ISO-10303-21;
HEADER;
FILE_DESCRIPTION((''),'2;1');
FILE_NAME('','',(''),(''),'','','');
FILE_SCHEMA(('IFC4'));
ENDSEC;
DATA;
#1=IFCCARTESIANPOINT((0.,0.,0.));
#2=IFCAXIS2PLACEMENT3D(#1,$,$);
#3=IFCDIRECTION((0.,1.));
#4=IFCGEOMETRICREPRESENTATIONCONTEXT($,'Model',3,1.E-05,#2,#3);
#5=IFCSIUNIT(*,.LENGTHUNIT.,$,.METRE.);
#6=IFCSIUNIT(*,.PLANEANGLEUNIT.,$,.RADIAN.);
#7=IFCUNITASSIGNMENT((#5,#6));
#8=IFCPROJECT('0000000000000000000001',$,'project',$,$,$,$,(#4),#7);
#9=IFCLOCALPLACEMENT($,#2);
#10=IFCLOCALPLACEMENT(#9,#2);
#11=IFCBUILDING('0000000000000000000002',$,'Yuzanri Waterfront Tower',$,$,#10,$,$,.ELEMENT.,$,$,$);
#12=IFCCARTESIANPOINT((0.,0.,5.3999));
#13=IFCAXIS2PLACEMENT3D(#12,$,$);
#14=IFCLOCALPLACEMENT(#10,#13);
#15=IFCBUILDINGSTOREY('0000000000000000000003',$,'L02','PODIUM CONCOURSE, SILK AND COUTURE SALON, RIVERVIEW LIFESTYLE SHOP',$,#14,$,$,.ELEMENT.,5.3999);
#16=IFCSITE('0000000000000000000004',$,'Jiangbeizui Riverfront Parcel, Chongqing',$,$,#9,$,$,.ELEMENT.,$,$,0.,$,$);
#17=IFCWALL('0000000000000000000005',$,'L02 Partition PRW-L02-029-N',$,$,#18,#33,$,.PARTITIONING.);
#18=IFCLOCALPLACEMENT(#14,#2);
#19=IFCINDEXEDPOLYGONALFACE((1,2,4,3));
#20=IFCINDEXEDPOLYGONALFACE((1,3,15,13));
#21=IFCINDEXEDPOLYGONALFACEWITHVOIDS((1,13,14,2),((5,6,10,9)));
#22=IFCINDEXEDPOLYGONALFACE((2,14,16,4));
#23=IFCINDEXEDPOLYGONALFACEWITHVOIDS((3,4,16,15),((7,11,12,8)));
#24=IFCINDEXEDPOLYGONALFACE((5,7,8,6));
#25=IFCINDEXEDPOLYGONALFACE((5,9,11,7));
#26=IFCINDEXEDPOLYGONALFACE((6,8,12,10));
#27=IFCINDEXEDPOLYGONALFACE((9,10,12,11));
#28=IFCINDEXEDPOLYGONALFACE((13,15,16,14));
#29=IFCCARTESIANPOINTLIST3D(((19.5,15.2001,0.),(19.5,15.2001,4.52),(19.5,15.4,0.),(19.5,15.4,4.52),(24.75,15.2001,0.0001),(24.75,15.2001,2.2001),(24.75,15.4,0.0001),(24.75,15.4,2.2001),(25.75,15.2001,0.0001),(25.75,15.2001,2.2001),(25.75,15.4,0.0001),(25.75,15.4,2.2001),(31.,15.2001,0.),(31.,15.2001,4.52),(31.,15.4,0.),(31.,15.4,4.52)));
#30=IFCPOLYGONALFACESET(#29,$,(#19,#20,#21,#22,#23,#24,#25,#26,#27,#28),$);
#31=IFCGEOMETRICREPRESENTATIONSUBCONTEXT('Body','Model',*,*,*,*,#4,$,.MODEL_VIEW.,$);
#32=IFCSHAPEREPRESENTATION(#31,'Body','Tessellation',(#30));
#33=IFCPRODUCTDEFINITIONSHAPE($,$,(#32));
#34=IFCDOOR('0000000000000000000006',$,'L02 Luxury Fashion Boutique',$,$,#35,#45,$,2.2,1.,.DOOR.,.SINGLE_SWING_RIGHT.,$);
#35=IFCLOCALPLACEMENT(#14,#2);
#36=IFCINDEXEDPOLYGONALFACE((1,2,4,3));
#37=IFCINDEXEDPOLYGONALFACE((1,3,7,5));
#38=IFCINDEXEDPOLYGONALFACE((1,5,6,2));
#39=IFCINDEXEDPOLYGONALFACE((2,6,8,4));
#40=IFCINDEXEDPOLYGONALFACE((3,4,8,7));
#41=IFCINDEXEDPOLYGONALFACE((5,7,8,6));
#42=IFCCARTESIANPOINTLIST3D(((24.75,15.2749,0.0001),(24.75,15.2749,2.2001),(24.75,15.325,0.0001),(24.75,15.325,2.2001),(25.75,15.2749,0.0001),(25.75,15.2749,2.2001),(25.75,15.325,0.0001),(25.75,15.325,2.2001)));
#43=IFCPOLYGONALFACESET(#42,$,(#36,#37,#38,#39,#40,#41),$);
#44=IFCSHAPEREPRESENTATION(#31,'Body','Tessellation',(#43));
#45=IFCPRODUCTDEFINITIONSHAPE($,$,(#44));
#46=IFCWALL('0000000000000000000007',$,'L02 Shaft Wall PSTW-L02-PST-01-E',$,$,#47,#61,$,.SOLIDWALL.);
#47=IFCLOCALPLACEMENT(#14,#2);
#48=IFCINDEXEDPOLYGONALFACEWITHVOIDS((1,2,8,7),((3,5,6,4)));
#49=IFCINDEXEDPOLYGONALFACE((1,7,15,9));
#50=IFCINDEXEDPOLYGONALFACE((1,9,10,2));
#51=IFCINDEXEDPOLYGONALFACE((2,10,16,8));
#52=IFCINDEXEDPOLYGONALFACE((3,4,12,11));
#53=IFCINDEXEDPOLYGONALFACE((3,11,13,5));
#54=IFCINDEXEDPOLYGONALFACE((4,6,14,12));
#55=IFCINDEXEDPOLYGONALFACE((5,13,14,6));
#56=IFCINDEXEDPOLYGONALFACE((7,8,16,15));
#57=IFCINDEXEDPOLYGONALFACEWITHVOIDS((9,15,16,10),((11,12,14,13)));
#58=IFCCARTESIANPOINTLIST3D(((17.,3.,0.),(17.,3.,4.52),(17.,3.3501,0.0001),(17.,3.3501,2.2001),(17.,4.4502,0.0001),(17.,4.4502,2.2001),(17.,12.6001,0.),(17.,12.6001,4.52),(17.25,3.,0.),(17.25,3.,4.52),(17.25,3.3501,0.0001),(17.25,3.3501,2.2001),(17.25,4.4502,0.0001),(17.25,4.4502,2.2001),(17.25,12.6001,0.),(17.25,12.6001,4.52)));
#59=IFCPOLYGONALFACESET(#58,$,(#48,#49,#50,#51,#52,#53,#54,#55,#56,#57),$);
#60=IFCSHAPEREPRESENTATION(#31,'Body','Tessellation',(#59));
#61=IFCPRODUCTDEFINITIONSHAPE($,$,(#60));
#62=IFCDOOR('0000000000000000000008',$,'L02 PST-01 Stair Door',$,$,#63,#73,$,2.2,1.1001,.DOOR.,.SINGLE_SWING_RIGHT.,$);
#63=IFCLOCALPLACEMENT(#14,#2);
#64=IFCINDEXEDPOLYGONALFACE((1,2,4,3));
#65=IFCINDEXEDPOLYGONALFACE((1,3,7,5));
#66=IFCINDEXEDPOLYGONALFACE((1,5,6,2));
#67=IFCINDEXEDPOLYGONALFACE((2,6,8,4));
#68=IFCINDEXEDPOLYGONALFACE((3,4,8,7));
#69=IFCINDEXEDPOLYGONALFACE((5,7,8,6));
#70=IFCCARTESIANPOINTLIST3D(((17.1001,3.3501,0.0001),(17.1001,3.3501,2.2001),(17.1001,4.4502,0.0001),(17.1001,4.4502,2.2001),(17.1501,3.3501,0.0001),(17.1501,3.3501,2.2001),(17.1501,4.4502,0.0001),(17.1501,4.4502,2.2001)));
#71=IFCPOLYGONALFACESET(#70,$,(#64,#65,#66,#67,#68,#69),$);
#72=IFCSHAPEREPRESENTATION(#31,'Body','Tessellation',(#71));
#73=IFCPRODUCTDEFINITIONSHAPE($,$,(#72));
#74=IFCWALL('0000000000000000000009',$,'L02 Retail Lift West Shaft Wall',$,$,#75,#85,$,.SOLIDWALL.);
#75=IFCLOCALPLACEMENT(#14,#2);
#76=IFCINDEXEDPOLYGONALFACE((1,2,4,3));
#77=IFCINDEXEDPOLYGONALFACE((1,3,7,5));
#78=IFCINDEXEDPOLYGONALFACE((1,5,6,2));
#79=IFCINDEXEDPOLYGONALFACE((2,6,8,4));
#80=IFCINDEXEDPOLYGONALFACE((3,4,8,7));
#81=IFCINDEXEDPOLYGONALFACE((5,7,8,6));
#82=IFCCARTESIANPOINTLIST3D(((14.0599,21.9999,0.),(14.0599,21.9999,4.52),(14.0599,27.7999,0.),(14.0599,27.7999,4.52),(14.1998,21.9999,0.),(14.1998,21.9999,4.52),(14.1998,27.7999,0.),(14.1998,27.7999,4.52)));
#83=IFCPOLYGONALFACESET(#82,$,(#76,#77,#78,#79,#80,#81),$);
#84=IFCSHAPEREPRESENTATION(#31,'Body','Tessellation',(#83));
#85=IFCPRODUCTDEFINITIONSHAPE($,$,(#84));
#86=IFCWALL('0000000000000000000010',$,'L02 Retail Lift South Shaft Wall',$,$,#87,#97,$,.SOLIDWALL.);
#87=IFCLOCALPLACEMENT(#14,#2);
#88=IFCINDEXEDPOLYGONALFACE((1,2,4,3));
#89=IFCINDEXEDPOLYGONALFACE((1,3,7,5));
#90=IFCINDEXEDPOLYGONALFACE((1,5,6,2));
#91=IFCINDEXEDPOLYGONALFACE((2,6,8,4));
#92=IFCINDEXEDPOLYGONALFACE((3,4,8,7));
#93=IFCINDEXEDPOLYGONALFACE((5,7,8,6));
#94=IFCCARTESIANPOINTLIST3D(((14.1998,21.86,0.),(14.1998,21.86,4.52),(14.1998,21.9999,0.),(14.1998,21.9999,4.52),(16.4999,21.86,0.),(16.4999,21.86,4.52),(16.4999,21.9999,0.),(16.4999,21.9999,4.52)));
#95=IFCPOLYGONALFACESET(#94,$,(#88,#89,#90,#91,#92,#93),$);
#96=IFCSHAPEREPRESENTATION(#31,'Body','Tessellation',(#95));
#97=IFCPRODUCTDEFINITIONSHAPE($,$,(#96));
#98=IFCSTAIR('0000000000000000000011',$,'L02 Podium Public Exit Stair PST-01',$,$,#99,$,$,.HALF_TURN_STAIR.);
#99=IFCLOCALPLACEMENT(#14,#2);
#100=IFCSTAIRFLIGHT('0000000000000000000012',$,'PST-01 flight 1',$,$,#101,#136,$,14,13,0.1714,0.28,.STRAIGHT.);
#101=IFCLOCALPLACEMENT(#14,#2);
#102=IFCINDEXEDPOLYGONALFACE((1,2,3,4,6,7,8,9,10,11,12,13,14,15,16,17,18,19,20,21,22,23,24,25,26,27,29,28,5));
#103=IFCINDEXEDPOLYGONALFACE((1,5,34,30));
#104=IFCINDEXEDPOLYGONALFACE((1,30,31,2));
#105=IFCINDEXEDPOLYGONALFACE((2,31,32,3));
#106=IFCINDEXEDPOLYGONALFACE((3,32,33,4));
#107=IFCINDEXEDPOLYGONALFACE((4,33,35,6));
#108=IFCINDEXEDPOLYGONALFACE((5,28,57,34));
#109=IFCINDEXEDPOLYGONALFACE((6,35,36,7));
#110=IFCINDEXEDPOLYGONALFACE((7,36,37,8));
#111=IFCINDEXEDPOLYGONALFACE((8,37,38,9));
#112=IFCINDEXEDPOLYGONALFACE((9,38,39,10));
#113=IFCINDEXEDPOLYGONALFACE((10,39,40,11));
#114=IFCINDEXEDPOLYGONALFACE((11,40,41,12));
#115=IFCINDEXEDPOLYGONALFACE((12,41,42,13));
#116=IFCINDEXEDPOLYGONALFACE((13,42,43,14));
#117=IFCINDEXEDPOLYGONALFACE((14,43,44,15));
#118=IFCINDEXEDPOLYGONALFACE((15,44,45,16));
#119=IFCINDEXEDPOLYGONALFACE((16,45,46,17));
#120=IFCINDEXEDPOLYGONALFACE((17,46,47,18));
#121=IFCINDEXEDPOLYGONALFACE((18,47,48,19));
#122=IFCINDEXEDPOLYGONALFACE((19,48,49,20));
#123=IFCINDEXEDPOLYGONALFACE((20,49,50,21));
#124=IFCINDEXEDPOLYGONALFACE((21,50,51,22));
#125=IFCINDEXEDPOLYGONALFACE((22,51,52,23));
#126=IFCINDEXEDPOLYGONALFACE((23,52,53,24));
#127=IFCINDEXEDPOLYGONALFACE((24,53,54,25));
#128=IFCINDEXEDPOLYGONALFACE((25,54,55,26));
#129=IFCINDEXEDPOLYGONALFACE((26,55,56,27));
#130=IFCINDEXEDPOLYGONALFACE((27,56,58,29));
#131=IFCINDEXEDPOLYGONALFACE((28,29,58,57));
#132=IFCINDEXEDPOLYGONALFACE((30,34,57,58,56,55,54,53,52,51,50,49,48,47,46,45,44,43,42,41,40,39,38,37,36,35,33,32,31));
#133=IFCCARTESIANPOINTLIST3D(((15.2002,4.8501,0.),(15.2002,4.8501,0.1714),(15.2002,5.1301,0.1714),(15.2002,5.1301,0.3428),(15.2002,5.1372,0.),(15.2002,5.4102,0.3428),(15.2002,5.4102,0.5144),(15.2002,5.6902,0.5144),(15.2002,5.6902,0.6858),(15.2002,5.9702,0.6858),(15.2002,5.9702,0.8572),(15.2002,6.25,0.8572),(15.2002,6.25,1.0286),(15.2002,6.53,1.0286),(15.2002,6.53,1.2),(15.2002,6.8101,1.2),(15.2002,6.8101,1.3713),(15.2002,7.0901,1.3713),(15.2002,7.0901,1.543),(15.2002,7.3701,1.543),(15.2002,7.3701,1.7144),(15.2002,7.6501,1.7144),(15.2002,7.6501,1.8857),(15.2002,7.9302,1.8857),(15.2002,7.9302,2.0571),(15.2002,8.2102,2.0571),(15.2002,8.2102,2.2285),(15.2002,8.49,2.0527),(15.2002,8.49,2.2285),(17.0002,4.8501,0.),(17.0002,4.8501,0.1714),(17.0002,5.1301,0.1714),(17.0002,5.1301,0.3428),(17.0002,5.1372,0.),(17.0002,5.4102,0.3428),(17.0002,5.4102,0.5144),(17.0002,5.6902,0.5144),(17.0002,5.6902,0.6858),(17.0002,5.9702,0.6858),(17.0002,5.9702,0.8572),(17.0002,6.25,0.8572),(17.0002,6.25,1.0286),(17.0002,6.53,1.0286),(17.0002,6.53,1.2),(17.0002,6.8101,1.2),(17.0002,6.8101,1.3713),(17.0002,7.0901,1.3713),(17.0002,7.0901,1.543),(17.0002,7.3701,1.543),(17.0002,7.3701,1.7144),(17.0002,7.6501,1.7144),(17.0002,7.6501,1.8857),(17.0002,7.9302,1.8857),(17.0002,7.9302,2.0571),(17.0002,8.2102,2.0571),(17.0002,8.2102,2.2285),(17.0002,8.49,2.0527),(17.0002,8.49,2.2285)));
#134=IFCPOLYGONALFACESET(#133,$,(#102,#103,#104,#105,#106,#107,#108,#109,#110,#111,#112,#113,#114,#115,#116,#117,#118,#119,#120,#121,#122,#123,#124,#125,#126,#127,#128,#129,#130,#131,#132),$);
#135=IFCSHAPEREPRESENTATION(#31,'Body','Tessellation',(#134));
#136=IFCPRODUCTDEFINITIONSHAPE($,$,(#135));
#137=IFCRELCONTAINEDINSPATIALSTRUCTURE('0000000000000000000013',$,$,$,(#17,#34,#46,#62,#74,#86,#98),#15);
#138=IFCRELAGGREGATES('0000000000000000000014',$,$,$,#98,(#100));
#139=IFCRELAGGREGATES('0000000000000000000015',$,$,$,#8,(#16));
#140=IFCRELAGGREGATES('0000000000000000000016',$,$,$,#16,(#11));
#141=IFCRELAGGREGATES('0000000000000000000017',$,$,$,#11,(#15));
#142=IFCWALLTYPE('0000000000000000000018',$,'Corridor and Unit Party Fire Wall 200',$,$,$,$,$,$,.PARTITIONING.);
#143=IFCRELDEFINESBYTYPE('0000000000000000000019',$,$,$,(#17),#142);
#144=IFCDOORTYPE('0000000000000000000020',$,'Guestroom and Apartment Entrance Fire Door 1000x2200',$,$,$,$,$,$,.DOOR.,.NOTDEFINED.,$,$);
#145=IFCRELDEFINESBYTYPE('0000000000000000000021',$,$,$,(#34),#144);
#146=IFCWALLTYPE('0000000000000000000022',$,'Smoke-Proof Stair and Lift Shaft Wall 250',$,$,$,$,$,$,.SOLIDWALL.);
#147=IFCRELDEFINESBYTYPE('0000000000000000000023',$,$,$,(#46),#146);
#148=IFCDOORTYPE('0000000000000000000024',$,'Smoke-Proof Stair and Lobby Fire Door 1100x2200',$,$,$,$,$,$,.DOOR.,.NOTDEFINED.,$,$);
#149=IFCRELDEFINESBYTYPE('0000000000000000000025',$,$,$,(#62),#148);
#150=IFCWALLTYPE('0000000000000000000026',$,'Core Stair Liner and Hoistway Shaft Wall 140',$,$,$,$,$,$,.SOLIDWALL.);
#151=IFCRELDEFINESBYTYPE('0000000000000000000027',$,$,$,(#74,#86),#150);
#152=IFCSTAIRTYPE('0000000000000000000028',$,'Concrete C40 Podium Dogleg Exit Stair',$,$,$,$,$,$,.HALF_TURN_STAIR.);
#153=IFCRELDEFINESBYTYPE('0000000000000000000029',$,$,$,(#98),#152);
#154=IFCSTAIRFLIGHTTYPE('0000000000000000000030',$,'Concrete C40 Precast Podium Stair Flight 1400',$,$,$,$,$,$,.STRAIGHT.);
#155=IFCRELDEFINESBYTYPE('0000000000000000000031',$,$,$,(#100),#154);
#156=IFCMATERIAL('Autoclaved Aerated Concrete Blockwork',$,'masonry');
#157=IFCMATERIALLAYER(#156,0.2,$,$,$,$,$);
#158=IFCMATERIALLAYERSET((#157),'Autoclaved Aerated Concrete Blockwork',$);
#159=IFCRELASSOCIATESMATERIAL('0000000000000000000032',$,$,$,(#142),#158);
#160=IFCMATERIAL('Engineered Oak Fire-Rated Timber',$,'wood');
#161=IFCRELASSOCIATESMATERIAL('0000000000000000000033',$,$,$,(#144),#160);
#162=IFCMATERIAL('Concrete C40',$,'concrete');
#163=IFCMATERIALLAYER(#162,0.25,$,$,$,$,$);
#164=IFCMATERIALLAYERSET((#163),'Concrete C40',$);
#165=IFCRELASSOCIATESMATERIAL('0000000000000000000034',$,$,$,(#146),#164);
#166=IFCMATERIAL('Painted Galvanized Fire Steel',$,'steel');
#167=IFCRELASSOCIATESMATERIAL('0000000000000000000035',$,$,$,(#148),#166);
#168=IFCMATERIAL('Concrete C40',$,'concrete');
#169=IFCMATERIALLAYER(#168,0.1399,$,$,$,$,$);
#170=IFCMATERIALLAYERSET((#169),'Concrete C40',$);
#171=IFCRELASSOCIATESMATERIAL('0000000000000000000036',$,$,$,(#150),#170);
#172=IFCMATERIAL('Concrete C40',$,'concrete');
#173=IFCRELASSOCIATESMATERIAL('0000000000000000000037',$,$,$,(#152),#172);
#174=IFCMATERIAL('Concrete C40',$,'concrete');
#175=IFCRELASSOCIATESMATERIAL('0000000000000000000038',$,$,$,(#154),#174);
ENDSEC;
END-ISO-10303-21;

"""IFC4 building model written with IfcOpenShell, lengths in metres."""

from ifc_helpers import new_model, si_unit, direction, frame, frame_2d, origin, place, context, subcontext, project, spatial, polyline, rectangle, outline, extrude, source, transform, mapped, material, layer, layer_set, type_object, element, fill, aggregate, save


model = new_model("IFC4")

# Units and contexts
model_context = context("Model", 3, precision=1e-05, world=origin(), true_north=direction((0.0, 1.0)))
body_context = subcontext(model_context, "Body", "Model", "MODEL_VIEW")
ifc_project = project(units=[si_unit("LENGTHUNIT", "METRE"), si_unit("PLANEANGLEUNIT", "RADIAN")], contexts=[model_context])

# Site, building, storey
site_placement = place(None, origin())
site = spatial("IfcSite", under=ifc_project, at=site_placement, Name="Jiangbeizui Riverfront Parcel, Chongqing", CompositionType="ELEMENT", RefElevation=0.0)
building_placement = place(site_placement, origin())
building = spatial("IfcBuilding", under=site, at=building_placement, Name="Yuzanri Waterfront Tower", CompositionType="ELEMENT")
storey_placement = place(building_placement, frame((0.0, 0.0, 5.3999)))
storey = spatial("IfcBuildingStorey", under=building, at=storey_placement, Name="L02", Description="PODIUM CONCOURSE, SILK AND COUTURE SALON, RIVERVIEW LIFESTYLE SHOP", CompositionType="ELEMENT", Elevation=5.3999)

# Walls, openings, doors
ifc_material_1 = material(Name="Autoclaved Aerated Concrete Blockwork", Category="masonry")
ifc_layer_1 = layer(ifc_material_1, 0.2)
ifc_layer_set_1 = layer_set([ifc_layer_1], Name="Autoclaved Aerated Concrete Blockwork")
wall_type_1 = type_object("IfcWallType", Name="Corridor and Unit Party Fire Wall 200", PredefinedType="PARTITIONING", material=ifc_layer_set_1)
wall_1_placement = place(storey_placement, frame((19.5, 15.3, 0.0), z_axis=(0.0, 0.0, 1.0), x_axis=(1.0, 0.0, 0.0)))
wall_1 = element("IfcWall", 1, at=wall_1_placement, inside=storey, type_object=wall_type_1, Name="L02 Partition PRW-L02-029-N", PredefinedType="PARTITIONING", context=body_context, shape_type="SweptSolid", body=[
    extrude(rectangle(XDim=11.5, YDim=0.2, at=frame_2d((5.75, 0.0))), origin(), (0.0, 0.0, 1.0), 4.52),
])
opening_1_placement = place(wall_1_placement, frame((5.25, 0.0, 0.0)))
opening_1 = element("IfcOpeningElement", 2, at=opening_1_placement, cuts=wall_1, PredefinedType="OPENING", context=body_context, shape_type="SweptSolid", body=[
    extrude(rectangle(XDim=1.0, YDim=2.2, at=frame_2d((0.5, 1.1001))), frame((0.0, 0.1147, 0.0), z_axis=(0.0, -1.0, 0.0), x_axis=(1.0, 0.0, 0.0)), (0.0, 0.0, 1.0), 0.2297),
])
ifc_material_2 = material(Name="Engineered Oak Fire-Rated Timber", Category="wood")
door_type_1 = type_object("IfcDoorType", Name="Guestroom and Apartment Entrance Fire Door 1000x2200", OperationType="NOTDEFINED", PredefinedType="DOOR", material=ifc_material_2)
shared_shape_1 = source(origin(), body_context, "Body", "SweptSolid", [
    extrude(rectangle(XDim=1.0, YDim=2.2, at=frame_2d((0.5, 1.1001))), frame((0.0, 0.0249, 0.0), z_axis=(0.0, -1.0, 0.0), x_axis=(1.0, 0.0, 0.0)), (0.0, 0.0, 1.0), 0.05),
])
door_1_placement = place(opening_1_placement, origin())
door_1 = element("IfcDoor", 3, at=door_1_placement, inside=storey, type_object=door_type_1, Name="L02 Luxury Fashion Boutique", OperationType="SINGLE_SWING_RIGHT", OverallHeight=2.2, OverallWidth=1.0, PredefinedType="DOOR", context=body_context, shape_type="MappedRepresentation", body=[
    mapped(shared_shape_1, transform((0.0, 0.0, 0.0), scale=1.0)),
])
fill(opening_1, door_1)
ifc_material_3 = material(Name="Concrete C40", Category="concrete")
ifc_layer_2 = layer(ifc_material_3, 0.25)
ifc_layer_set_2 = layer_set([ifc_layer_2], Name="Concrete C40")
wall_type_2 = type_object("IfcWallType", Name="Smoke-Proof Stair and Lift Shaft Wall 250", PredefinedType="SOLIDWALL", material=ifc_layer_set_2)
wall_2_placement = place(storey_placement, frame((17.125, 3.0, 0.0), z_axis=(0.0, 0.0, 1.0), x_axis=(0.0, 1.0, 0.0)))
wall_2 = element("IfcWall", 4, at=wall_2_placement, inside=storey, type_object=wall_type_2, Name="L02 Shaft Wall PSTW-L02-PST-01-E", PredefinedType="SOLIDWALL", context=body_context, shape_type="SweptSolid", body=[
    extrude(rectangle(XDim=9.6001, YDim=0.25, at=frame_2d((4.8, 0.0))), origin(), (0.0, 0.0, 1.0), 4.52),
])
opening_2_placement = place(wall_2_placement, frame((0.3501, 0.0, 0.0)))
opening_2 = element("IfcOpeningElement", 5, at=opening_2_placement, cuts=wall_2, PredefinedType="OPENING", context=body_context, shape_type="SweptSolid", body=[
    extrude(rectangle(XDim=1.1001, YDim=2.2, at=frame_2d((0.55, 1.1001))), frame((0.0, 0.1399, 0.0), z_axis=(0.0, -1.0, 0.0), x_axis=(1.0, 0.0, 0.0)), (0.0, 0.0, 1.0), 0.2798),
])
ifc_material_4 = material(Name="Painted Galvanized Fire Steel", Category="steel")
door_type_2 = type_object("IfcDoorType", Name="Smoke-Proof Stair and Lobby Fire Door 1100x2200", OperationType="NOTDEFINED", PredefinedType="DOOR", material=ifc_material_4)
shared_shape_2 = source(origin(), body_context, "Body", "SweptSolid", [
    extrude(rectangle(XDim=1.1001, YDim=2.2, at=frame_2d((0.55, 1.1001))), frame((0.0, 0.0249, 0.0), z_axis=(0.0, -1.0, 0.0), x_axis=(1.0, 0.0, 0.0)), (0.0, 0.0, 1.0), 0.05),
])
door_2_placement = place(opening_2_placement, origin())
door_2 = element("IfcDoor", 6, at=door_2_placement, inside=storey, type_object=door_type_2, Name="L02 PST-01 Stair Door", OperationType="SINGLE_SWING_RIGHT", OverallHeight=2.2, OverallWidth=1.1001, PredefinedType="DOOR", context=body_context, shape_type="MappedRepresentation", body=[
    mapped(shared_shape_2, transform((0.0, 0.0, 0.0), scale=1.0)),
])
fill(opening_2, door_2)

# Walls
ifc_material_5 = material(Name="Concrete C40", Category="concrete")
ifc_layer_3 = layer(ifc_material_5, 0.1399)
ifc_layer_set_3 = layer_set([ifc_layer_3], Name="Concrete C40")
wall_type_3 = type_object("IfcWallType", Name="Core Stair Liner and Hoistway Shaft Wall 140", PredefinedType="SOLIDWALL", material=ifc_layer_set_3)
shared_shape_3 = source(origin(), body_context, "Body", "SweptSolid", [
    extrude(rectangle(XDim=5.8, YDim=0.1399, at=frame_2d((2.8999, 0.0))), origin(), (0.0, 0.0, 1.0), 4.52),
])
wall_3_placement = place(storey_placement, frame((14.1299, 22.0, 0.0), z_axis=(0.0, 0.0, 1.0), x_axis=(0.0, 1.0, 0.0)))
element("IfcWall", 7, at=wall_3_placement, inside=storey, type_object=wall_type_3, Name="L02 Retail Lift West Shaft Wall", PredefinedType="SOLIDWALL", context=body_context, shape_type="MappedRepresentation", body=[
    mapped(shared_shape_3, transform((0.0, 0.0, 0.0), scale=1.0)),
])
shared_shape_4 = source(origin(), body_context, "Body", "SweptSolid", [
    extrude(rectangle(XDim=2.3, YDim=0.1399, at=frame_2d((1.1499, 0.0))), origin(), (0.0, 0.0, 1.0), 4.52),
])
wall_4_placement = place(storey_placement, frame((14.2, 21.9299, 0.0), z_axis=(0.0, 0.0, 1.0), x_axis=(1.0, 0.0, 0.0)))
element("IfcWall", 8, at=wall_4_placement, inside=storey, type_object=wall_type_3, Name="L02 Retail Lift South Shaft Wall", PredefinedType="SOLIDWALL", context=body_context, shape_type="MappedRepresentation", body=[
    mapped(shared_shape_4, transform((0.0, 0.0, 0.0), scale=1.0)),
])

# Stair, stair flight
ifc_material_6 = material(Name="Concrete C40", Category="concrete")
stair_type = type_object("IfcStairType", Name="Concrete C40 Podium Dogleg Exit Stair", PredefinedType="HALF_TURN_STAIR", material=ifc_material_6)
stair_placement = place(storey_placement, origin())
stair = element("IfcStair", 9, at=stair_placement, inside=storey, type_object=stair_type, Name="L02 Podium Public Exit Stair PST-01", PredefinedType="HALF_TURN_STAIR")
ifc_material_7 = material(Name="Concrete C40", Category="concrete")
stair_flight_type = type_object("IfcStairFlightType", Name="Concrete C40 Precast Podium Stair Flight 1400", PredefinedType="STRAIGHT", material=ifc_material_7)
shared_shape_5 = source(origin(), body_context, "Body", "SweptSolid", [
    extrude(outline(polyline([(0.0, 0.0), (0.0, 0.1714), (0.28, 0.1714), (0.28, 0.3428), (0.5601, 0.3428), (0.5601, 0.5144), (0.8401, 0.5144), (0.8401, 0.6858), (1.1201, 0.6858), (1.1201, 0.8572), (1.3999, 0.8572), (1.3999, 1.0286), (1.6799, 1.0286), (1.6799, 1.2), (1.96, 1.2), (1.96, 1.3713), (2.24, 1.3713), (2.24, 1.543), (2.52, 1.543), (2.52, 1.7144), (2.8, 1.7144), (2.8, 1.8857), (3.0801, 1.8857), (3.0801, 2.0571), (3.3601, 2.0571), (3.3601, 2.2285), (3.6399, 2.2285), (3.6399, 2.3999), (3.6399, 2.0527), (0.2871, 0.0), (0.0, 0.0)])), frame((0.0, 0.8999, 0.0), z_axis=(0.0, -1.0, 0.0), x_axis=(1.0, 0.0, 0.0)), (0.0, 0.0, 1.0), 1.8),
])
stair_flight_1_placement = place(storey_placement, frame((16.1001, 4.8501, 0.0), z_axis=(0.0, 0.0, 1.0), x_axis=(0.0, 1.0, 0.0)))
stair_flight_1 = element("IfcStairFlight", 10, at=stair_flight_1_placement, type_object=stair_flight_type, Name="PST-01 flight 1", NumberOfRisers=14, NumberOfTreads=13, PredefinedType="STRAIGHT", RiserHeight=0.1714, TreadLength=0.28, context=body_context, shape_type="MappedRepresentation", body=[
    mapped(shared_shape_5, transform((0.0, 0.0, 0.0), scale=1.0)),
])
aggregate(stair, [stair_flight_1])

save(model, "model.ifc")
